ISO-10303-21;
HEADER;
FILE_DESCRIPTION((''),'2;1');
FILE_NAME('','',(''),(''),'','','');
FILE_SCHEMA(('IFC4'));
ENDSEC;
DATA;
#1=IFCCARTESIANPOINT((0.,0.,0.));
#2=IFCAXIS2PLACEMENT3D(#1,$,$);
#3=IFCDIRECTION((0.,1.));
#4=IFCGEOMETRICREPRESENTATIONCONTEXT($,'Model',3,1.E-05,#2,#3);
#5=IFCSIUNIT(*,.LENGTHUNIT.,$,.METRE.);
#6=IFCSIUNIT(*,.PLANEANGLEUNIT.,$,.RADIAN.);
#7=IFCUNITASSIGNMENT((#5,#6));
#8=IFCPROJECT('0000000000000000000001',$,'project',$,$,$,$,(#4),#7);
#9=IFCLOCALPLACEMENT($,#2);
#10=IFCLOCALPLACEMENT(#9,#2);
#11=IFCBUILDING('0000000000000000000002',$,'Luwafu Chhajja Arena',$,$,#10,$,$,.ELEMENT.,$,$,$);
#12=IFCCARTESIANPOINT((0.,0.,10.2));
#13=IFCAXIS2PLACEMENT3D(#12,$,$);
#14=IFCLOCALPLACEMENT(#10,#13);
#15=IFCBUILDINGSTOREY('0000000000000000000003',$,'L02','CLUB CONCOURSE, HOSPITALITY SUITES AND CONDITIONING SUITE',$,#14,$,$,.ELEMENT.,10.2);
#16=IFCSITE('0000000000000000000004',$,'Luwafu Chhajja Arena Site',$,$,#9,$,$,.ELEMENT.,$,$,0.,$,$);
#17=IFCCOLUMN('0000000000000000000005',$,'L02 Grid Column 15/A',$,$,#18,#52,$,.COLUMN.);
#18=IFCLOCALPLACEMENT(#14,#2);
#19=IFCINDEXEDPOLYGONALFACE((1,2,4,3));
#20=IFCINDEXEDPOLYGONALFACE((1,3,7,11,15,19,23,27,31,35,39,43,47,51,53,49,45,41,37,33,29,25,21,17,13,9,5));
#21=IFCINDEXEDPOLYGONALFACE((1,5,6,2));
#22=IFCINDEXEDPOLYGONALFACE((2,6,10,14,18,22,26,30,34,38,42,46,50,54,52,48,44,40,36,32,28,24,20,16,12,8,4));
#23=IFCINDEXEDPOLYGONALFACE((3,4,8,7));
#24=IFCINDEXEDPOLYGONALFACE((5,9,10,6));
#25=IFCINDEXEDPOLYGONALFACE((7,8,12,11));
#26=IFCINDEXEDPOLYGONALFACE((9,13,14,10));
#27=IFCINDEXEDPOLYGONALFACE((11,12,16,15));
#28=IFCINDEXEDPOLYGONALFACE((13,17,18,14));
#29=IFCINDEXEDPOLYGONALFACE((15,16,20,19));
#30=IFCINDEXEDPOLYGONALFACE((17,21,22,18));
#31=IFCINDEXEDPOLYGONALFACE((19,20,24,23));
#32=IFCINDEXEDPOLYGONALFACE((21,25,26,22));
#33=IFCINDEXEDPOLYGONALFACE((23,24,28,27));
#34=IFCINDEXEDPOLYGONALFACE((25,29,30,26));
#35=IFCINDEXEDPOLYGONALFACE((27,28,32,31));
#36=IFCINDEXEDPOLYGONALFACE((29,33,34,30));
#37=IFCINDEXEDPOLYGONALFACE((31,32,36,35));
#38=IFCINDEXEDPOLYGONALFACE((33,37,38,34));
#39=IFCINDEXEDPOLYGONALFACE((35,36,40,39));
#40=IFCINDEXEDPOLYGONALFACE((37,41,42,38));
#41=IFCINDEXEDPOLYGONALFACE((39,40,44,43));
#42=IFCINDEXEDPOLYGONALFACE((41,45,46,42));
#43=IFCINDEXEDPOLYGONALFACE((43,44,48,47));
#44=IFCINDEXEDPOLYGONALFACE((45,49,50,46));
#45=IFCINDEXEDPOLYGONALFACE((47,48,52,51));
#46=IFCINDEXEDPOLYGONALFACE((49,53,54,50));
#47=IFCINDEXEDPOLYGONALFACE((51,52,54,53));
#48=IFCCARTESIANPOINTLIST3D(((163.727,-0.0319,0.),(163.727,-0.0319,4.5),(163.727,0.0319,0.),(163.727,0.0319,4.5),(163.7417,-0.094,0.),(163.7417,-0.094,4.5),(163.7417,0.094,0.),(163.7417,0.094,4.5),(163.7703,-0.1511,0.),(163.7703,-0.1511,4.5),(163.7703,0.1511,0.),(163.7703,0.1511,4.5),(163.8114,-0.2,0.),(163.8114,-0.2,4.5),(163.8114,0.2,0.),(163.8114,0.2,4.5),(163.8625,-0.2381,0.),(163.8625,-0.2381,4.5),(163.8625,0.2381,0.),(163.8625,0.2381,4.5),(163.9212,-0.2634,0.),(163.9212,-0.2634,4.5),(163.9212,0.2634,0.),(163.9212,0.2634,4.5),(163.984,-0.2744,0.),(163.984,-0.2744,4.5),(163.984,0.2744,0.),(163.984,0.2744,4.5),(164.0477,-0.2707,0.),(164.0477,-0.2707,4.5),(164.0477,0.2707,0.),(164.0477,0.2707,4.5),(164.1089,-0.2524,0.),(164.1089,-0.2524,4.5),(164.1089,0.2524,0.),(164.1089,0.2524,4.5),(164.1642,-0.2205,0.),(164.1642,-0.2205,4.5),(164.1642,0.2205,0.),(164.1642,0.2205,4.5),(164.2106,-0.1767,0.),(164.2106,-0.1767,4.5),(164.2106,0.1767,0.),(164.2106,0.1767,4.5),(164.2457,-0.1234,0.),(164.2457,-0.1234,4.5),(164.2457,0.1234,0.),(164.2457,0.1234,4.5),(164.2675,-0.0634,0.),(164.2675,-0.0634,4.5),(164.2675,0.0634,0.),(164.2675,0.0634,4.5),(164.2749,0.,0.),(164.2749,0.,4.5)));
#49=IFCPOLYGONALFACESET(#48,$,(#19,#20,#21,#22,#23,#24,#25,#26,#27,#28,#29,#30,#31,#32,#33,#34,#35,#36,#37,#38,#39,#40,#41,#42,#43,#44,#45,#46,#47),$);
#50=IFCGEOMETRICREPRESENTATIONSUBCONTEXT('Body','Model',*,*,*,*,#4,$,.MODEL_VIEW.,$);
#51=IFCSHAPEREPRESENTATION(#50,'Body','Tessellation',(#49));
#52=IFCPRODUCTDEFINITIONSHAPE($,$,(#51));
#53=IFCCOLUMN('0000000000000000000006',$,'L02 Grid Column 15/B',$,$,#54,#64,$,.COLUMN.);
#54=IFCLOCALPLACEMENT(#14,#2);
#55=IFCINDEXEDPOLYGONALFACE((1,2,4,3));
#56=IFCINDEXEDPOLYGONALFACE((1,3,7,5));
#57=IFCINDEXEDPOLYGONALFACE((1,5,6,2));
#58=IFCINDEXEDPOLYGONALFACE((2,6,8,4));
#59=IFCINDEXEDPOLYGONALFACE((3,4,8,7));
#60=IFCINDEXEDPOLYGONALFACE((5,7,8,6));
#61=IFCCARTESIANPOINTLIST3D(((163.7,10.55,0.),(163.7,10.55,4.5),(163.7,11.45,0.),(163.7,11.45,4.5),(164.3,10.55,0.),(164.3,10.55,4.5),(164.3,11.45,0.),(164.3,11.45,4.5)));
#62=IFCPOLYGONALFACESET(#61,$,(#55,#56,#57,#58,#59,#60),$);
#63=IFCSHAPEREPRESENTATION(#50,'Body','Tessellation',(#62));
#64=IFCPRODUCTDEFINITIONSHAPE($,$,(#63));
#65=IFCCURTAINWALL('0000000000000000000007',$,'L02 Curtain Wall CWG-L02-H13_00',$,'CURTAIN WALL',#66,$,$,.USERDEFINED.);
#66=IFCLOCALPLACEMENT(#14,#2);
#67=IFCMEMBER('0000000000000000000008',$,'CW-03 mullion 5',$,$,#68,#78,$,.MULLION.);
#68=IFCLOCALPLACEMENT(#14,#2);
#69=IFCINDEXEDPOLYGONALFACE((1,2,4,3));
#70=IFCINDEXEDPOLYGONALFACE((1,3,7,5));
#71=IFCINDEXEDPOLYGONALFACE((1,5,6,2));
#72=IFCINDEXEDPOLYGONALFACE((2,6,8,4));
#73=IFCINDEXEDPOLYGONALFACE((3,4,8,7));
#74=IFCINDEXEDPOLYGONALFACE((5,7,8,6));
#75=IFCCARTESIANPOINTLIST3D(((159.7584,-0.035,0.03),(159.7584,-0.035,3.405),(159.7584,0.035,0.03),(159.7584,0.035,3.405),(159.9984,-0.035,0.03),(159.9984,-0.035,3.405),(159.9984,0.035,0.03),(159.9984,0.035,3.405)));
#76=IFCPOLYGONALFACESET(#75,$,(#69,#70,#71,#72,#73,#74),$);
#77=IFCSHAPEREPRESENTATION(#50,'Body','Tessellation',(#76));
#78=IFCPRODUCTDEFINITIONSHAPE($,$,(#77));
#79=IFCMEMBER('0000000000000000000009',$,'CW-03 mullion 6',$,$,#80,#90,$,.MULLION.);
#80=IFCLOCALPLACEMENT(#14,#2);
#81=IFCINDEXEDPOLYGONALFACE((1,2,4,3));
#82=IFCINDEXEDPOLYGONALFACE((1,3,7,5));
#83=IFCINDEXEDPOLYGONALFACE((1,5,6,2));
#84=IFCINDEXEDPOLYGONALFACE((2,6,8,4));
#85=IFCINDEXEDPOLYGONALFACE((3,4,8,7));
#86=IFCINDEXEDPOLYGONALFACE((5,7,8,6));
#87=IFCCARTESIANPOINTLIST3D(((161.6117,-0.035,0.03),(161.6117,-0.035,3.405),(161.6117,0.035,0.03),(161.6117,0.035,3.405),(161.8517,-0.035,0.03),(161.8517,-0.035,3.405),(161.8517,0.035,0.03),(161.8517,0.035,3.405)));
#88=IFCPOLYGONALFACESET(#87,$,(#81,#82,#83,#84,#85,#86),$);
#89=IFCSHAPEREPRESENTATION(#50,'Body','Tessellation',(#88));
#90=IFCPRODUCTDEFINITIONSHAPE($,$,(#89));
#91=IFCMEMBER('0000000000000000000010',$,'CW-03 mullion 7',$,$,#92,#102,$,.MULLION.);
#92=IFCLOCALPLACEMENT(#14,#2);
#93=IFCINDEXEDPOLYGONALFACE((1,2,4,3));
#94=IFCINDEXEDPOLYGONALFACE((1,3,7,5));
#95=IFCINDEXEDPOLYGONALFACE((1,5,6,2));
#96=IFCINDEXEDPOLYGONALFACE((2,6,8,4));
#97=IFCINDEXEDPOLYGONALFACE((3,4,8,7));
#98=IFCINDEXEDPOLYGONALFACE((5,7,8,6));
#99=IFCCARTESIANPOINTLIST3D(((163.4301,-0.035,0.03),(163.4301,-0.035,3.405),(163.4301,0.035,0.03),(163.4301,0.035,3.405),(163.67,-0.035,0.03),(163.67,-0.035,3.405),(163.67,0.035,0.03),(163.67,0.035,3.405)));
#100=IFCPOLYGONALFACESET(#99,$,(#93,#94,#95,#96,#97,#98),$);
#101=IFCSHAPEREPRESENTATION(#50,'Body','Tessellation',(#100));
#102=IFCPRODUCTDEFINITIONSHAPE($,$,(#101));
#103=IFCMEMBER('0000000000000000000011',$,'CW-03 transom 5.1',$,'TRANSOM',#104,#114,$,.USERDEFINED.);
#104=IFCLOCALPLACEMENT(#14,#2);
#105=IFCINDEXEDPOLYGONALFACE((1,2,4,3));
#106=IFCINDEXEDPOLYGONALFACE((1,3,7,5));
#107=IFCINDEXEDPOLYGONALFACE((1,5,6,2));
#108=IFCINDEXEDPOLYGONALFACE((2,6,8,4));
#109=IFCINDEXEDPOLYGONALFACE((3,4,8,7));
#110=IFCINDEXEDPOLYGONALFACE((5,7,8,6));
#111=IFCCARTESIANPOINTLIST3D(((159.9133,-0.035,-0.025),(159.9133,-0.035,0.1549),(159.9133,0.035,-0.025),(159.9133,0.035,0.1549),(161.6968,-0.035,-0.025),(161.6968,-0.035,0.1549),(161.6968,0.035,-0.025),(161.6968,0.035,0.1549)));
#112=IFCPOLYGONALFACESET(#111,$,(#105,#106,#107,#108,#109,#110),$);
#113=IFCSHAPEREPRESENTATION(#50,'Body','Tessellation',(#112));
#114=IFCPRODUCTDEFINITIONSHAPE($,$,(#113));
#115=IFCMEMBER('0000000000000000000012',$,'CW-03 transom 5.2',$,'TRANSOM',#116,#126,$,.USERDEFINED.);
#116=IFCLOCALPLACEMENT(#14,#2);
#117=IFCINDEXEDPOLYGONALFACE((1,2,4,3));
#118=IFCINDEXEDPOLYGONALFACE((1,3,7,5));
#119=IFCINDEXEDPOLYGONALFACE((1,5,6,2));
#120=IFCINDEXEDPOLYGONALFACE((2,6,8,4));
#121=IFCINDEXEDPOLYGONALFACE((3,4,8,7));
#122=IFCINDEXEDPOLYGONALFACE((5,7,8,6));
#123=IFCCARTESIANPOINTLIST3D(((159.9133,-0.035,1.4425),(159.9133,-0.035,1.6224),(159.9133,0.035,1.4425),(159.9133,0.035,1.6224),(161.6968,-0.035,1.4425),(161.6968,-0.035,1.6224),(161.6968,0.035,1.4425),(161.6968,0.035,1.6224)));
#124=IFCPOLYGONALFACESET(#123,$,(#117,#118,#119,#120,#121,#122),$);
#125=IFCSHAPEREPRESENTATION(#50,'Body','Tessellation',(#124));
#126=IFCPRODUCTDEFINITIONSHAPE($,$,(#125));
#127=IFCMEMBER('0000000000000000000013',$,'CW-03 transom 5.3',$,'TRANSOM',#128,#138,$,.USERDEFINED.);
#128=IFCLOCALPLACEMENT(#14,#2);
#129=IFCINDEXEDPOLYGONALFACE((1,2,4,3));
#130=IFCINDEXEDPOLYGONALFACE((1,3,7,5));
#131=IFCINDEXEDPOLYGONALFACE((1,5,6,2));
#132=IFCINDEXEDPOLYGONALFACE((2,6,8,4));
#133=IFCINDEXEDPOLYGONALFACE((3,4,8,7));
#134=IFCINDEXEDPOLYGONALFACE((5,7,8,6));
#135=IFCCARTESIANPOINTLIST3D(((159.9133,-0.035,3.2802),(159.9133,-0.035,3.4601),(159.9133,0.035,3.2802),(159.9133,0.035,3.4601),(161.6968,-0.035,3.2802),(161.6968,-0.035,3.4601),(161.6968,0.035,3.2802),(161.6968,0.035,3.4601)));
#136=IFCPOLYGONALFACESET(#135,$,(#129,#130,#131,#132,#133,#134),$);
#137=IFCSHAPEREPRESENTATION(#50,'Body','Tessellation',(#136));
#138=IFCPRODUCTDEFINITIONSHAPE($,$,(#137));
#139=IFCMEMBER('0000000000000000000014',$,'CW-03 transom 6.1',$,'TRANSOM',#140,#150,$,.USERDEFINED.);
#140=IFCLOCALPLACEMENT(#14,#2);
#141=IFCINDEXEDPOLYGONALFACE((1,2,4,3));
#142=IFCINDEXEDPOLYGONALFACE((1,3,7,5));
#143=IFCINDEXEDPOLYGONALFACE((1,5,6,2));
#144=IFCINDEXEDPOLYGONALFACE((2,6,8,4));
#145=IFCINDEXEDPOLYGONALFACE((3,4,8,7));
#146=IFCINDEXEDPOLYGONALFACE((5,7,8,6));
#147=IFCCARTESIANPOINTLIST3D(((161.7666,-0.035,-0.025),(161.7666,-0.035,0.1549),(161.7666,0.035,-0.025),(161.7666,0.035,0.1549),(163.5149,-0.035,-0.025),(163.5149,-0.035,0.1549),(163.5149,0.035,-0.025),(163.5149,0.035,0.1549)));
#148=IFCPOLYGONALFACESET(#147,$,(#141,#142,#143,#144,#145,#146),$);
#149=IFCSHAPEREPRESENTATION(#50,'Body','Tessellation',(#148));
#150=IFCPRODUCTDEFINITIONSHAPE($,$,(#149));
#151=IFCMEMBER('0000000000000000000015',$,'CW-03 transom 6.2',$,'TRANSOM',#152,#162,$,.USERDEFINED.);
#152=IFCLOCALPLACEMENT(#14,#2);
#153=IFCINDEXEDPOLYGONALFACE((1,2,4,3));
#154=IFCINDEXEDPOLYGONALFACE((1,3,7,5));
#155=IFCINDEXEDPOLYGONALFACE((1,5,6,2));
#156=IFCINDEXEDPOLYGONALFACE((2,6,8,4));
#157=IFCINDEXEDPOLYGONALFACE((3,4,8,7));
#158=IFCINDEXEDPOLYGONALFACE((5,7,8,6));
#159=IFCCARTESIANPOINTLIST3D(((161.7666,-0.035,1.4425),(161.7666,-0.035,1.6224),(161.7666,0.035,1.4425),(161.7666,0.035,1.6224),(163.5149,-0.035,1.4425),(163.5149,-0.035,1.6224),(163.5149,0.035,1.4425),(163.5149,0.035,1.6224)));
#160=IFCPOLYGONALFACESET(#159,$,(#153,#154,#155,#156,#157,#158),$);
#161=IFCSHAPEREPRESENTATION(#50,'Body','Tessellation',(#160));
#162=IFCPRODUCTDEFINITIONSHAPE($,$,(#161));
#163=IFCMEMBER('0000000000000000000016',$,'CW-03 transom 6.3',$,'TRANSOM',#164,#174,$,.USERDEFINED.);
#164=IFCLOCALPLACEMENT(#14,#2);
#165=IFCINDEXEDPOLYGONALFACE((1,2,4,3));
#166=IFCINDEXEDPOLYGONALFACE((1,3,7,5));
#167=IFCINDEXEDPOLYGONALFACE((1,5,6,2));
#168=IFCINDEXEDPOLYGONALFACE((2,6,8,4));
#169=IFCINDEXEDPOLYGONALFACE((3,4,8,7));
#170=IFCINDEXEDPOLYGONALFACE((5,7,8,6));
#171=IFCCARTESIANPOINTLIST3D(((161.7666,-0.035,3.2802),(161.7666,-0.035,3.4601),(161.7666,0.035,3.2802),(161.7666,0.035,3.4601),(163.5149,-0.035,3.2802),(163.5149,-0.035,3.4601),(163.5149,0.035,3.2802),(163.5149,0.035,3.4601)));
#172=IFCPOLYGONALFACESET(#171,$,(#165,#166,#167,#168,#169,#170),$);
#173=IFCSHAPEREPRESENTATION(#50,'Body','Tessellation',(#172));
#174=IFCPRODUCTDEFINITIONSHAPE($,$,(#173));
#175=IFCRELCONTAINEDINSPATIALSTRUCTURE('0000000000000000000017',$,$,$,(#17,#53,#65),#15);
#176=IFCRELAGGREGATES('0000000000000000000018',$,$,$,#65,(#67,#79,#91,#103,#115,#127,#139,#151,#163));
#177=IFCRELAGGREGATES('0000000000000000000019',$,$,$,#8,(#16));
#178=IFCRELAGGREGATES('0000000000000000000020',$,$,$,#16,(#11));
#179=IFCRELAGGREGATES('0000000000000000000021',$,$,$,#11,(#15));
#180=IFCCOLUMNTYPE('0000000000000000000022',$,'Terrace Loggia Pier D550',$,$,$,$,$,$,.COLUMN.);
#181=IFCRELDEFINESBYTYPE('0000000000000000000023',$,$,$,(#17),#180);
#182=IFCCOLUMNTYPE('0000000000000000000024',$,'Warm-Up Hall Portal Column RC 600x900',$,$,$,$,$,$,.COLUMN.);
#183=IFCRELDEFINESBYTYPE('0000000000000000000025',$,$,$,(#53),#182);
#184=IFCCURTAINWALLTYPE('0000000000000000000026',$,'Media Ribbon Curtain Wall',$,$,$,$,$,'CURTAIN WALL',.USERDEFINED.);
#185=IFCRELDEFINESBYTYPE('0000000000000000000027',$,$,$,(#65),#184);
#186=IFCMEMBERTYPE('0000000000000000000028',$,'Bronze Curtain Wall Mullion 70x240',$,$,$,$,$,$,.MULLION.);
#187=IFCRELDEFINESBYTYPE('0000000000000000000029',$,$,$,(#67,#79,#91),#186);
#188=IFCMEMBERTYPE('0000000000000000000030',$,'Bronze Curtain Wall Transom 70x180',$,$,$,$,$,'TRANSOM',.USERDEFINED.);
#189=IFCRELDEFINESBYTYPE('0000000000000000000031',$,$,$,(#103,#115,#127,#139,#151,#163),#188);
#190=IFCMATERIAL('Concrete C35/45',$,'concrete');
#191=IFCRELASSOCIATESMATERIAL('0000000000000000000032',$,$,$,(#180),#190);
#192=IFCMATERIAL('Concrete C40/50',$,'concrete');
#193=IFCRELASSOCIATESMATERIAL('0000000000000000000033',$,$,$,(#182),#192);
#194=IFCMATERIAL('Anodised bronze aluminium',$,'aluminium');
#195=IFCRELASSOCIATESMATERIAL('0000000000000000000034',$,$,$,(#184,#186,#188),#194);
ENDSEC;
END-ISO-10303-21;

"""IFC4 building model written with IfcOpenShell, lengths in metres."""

from ifc_helpers import new_model, si_unit, direction, frame, origin, origin_2d, place, context, subcontext, project, spatial, rectangle, circle, extrude, material, material_profile, profile_set, type_object, element, aggregate, save


model = new_model("IFC4")

# Units and contexts
model_context = context("Model", 3, precision=1e-05, world=origin(), true_north=direction((0.0, 1.0)))
body_context = subcontext(model_context, "Body", "Model", "MODEL_VIEW")
ifc_project = project(units=[si_unit("LENGTHUNIT", "METRE"), si_unit("PLANEANGLEUNIT", "RADIAN")], contexts=[model_context])

# Site, building, storey
site_placement = place(None, origin())
site = spatial("IfcSite", under=ifc_project, at=site_placement, Name="Luwafu Chhajja Arena Site", CompositionType="ELEMENT", RefElevation=0.0)
building_placement = place(site_placement, origin())
building = spatial("IfcBuilding", under=site, at=building_placement, Name="Luwafu Chhajja Arena", CompositionType="ELEMENT")
storey_placement = place(building_placement, frame((0.0, 0.0, 10.2)))
storey = spatial("IfcBuildingStorey", under=building, at=storey_placement, Name="L02", Description="CLUB CONCOURSE, HOSPITALITY SUITES AND CONDITIONING SUITE", CompositionType="ELEMENT", Elevation=10.2)

# Columns
ifc_material_1 = material(Name="Concrete C35/45", Category="concrete")
ifc_material_profile_1 = material_profile(ifc_material_1, circle(Radius=0.2749, at=origin_2d()), Name="RC COL D550")
ifc_profile_set_1 = profile_set([ifc_material_profile_1], Name="Concrete C35/45")
column_type_1 = type_object("IfcColumnType", Name="Terrace Loggia Pier D550", PredefinedType="COLUMN", material=ifc_profile_set_1)
column_1_placement = place(storey_placement, frame((164.0, 0.0, 0.0), z_axis=(0.0, 0.0, 1.0), x_axis=(1.0, 0.0, 0.0)))
element("IfcColumn", 1, at=column_1_placement, inside=storey, type_object=column_type_1, Name="L02 Grid Column 15/A", PredefinedType="COLUMN", context=body_context, shape_type="SweptSolid", body=[
    extrude(circle(Radius=0.2749, at=origin_2d()), origin(), (0.0, 0.0, 1.0), 4.5),
])
ifc_material_2 = material(Name="Concrete C40/50", Category="concrete")
ifc_material_profile_2 = material_profile(ifc_material_2, rectangle(XDim=0.6001, YDim=0.8999, at=origin_2d()), Name="RC 600x900")
ifc_profile_set_2 = profile_set([ifc_material_profile_2], Name="Concrete C40/50")
column_type_2 = type_object("IfcColumnType", Name="Warm-Up Hall Portal Column RC 600x900", PredefinedType="COLUMN", material=ifc_profile_set_2)
column_2_placement = place(storey_placement, frame((164.0, 11.0, 0.0), z_axis=(0.0, 0.0, 1.0), x_axis=(1.0, 0.0, 0.0)))
element("IfcColumn", 2, at=column_2_placement, inside=storey, type_object=column_type_2, Name="L02 Grid Column 15/B", PredefinedType="COLUMN", context=body_context, shape_type="SweptSolid", body=[
    extrude(rectangle(XDim=0.6001, YDim=0.8999, at=origin_2d()), origin(), (0.0, 0.0, 1.0), 4.5),
])

# Curtain wall, members
ifc_material_3 = material(Name="Anodised bronze aluminium", Category="aluminium")
curtain_wall_type = type_object("IfcCurtainWallType", Name="Media Ribbon Curtain Wall", ElementType="CURTAIN WALL", PredefinedType="USERDEFINED", material=ifc_material_3)
curtain_wall_placement = place(storey_placement, origin())
curtain_wall = element("IfcCurtainWall", 3, at=curtain_wall_placement, inside=storey, type_object=curtain_wall_type, Name="L02 Curtain Wall CWG-L02-H13_00", ObjectType="CURTAIN WALL", PredefinedType="USERDEFINED")
ifc_material_profile_3 = material_profile(ifc_material_3, rectangle(XDim=0.0701, YDim=0.24, at=origin_2d()), Name="CWM 70x240")
ifc_profile_set_3 = profile_set([ifc_material_profile_3], Name="Anodised bronze aluminium")
member_type_1 = type_object("IfcMemberType", Name="Bronze Curtain Wall Mullion 70x240", PredefinedType="MULLION", material=ifc_profile_set_3)
member_1_placement = place(storey_placement, frame((159.8784, 0.0, 0.03), z_axis=(0.0, 0.0, 1.0), x_axis=(0.0, 1.0, 0.0)))
member_1 = element("IfcMember", 4, at=member_1_placement, type_object=member_type_1, Name="CW-03 mullion 5", PredefinedType="MULLION", context=body_context, shape_type="SweptSolid", body=[
    extrude(rectangle(XDim=0.0701, YDim=0.24, at=origin_2d()), origin(), (0.0, 0.0, 1.0), 3.375),
])
member_2_placement = place(storey_placement, frame((161.7317, 0.0, 0.03), z_axis=(0.0, 0.0, 1.0), x_axis=(0.0, 1.0, 0.0)))
member_2 = element("IfcMember", 5, at=member_2_placement, type_object=member_type_1, Name="CW-03 mullion 6", PredefinedType="MULLION", context=body_context, shape_type="SweptSolid", body=[
    extrude(rectangle(XDim=0.0701, YDim=0.24, at=origin_2d()), origin(), (0.0, 0.0, 1.0), 3.375),
])
member_3_placement = place(storey_placement, frame((163.55, 0.0, 0.03), z_axis=(0.0, 0.0, 1.0), x_axis=(0.0, 1.0, 0.0)))
member_3 = element("IfcMember", 6, at=member_3_placement, type_object=member_type_1, Name="CW-03 mullion 7", PredefinedType="MULLION", context=body_context, shape_type="SweptSolid", body=[
    extrude(rectangle(XDim=0.0701, YDim=0.24, at=origin_2d()), origin(), (0.0, 0.0, 1.0), 3.375),
])
ifc_material_profile_4 = material_profile(ifc_material_3, rectangle(XDim=0.0701, YDim=0.1799, at=origin_2d()), Name="CWT 70x180")
ifc_profile_set_4 = profile_set([ifc_material_profile_4], Name="Anodised bronze aluminium")
member_type_2 = type_object("IfcMemberType", Name="Bronze Curtain Wall Transom 70x180", ElementType="TRANSOM", PredefinedType="USERDEFINED", material=ifc_profile_set_4)
member_4_placement = place(storey_placement, frame((159.9133, 0.0, 0.0649), z_axis=(1.0, 0.0, 0.0), x_axis=(0.0, 1.0, 0.0)))
member_4 = element("IfcMember", 7, at=member_4_placement, type_object=member_type_2, Name="CW-03 transom 5.1", ObjectType="TRANSOM", PredefinedType="USERDEFINED", context=body_context, shape_type="SweptSolid", body=[
    extrude(rectangle(XDim=0.0701, YDim=0.1799, at=origin_2d()), origin(), (0.0, 0.0, 1.0), 1.7834),
])
member_5_placement = place(storey_placement, frame((159.9133, 0.0, 1.5325), z_axis=(1.0, 0.0, 0.0), x_axis=(0.0, 1.0, 0.0)))
member_5 = element("IfcMember", 8, at=member_5_placement, type_object=member_type_2, Name="CW-03 transom 5.2", ObjectType="TRANSOM", PredefinedType="USERDEFINED", context=body_context, shape_type="SweptSolid", body=[
    extrude(rectangle(XDim=0.0701, YDim=0.1799, at=origin_2d()), origin(), (0.0, 0.0, 1.0), 1.7834),
])
member_6_placement = place(storey_placement, frame((159.9133, 0.0, 3.3701), z_axis=(1.0, 0.0, 0.0), x_axis=(0.0, 1.0, 0.0)))
member_6 = element("IfcMember", 9, at=member_6_placement, type_object=member_type_2, Name="CW-03 transom 5.3", ObjectType="TRANSOM", PredefinedType="USERDEFINED", context=body_context, shape_type="SweptSolid", body=[
    extrude(rectangle(XDim=0.0701, YDim=0.1799, at=origin_2d()), origin(), (0.0, 0.0, 1.0), 1.7834),
])
member_7_placement = place(storey_placement, frame((161.7666, 0.0, 0.0649), z_axis=(1.0, 0.0, 0.0), x_axis=(0.0, 1.0, 0.0)))
member_7 = element("IfcMember", 10, at=member_7_placement, type_object=member_type_2, Name="CW-03 transom 6.1", ObjectType="TRANSOM", PredefinedType="USERDEFINED", context=body_context, shape_type="SweptSolid", body=[
    extrude(rectangle(XDim=0.0701, YDim=0.1799, at=origin_2d()), origin(), (0.0, 0.0, 1.0), 1.7483),
])
member_8_placement = place(storey_placement, frame((161.7666, 0.0, 1.5325), z_axis=(1.0, 0.0, 0.0), x_axis=(0.0, 1.0, 0.0)))
member_8 = element("IfcMember", 11, at=member_8_placement, type_object=member_type_2, Name="CW-03 transom 6.2", ObjectType="TRANSOM", PredefinedType="USERDEFINED", context=body_context, shape_type="SweptSolid", body=[
    extrude(rectangle(XDim=0.0701, YDim=0.1799, at=origin_2d()), origin(), (0.0, 0.0, 1.0), 1.7483),
])
member_9_placement = place(storey_placement, frame((161.7666, 0.0, 3.3701), z_axis=(1.0, 0.0, 0.0), x_axis=(0.0, 1.0, 0.0)))
member_9 = element("IfcMember", 12, at=member_9_placement, type_object=member_type_2, Name="CW-03 transom 6.3", ObjectType="TRANSOM", PredefinedType="USERDEFINED", context=body_context, shape_type="SweptSolid", body=[
    extrude(rectangle(XDim=0.0701, YDim=0.1799, at=origin_2d()), origin(), (0.0, 0.0, 1.0), 1.7483),
])

aggregate(curtain_wall, [member_1, member_2, member_3, member_4, member_5, member_6, member_7, member_8, member_9])

save(model, "model.ifc")
